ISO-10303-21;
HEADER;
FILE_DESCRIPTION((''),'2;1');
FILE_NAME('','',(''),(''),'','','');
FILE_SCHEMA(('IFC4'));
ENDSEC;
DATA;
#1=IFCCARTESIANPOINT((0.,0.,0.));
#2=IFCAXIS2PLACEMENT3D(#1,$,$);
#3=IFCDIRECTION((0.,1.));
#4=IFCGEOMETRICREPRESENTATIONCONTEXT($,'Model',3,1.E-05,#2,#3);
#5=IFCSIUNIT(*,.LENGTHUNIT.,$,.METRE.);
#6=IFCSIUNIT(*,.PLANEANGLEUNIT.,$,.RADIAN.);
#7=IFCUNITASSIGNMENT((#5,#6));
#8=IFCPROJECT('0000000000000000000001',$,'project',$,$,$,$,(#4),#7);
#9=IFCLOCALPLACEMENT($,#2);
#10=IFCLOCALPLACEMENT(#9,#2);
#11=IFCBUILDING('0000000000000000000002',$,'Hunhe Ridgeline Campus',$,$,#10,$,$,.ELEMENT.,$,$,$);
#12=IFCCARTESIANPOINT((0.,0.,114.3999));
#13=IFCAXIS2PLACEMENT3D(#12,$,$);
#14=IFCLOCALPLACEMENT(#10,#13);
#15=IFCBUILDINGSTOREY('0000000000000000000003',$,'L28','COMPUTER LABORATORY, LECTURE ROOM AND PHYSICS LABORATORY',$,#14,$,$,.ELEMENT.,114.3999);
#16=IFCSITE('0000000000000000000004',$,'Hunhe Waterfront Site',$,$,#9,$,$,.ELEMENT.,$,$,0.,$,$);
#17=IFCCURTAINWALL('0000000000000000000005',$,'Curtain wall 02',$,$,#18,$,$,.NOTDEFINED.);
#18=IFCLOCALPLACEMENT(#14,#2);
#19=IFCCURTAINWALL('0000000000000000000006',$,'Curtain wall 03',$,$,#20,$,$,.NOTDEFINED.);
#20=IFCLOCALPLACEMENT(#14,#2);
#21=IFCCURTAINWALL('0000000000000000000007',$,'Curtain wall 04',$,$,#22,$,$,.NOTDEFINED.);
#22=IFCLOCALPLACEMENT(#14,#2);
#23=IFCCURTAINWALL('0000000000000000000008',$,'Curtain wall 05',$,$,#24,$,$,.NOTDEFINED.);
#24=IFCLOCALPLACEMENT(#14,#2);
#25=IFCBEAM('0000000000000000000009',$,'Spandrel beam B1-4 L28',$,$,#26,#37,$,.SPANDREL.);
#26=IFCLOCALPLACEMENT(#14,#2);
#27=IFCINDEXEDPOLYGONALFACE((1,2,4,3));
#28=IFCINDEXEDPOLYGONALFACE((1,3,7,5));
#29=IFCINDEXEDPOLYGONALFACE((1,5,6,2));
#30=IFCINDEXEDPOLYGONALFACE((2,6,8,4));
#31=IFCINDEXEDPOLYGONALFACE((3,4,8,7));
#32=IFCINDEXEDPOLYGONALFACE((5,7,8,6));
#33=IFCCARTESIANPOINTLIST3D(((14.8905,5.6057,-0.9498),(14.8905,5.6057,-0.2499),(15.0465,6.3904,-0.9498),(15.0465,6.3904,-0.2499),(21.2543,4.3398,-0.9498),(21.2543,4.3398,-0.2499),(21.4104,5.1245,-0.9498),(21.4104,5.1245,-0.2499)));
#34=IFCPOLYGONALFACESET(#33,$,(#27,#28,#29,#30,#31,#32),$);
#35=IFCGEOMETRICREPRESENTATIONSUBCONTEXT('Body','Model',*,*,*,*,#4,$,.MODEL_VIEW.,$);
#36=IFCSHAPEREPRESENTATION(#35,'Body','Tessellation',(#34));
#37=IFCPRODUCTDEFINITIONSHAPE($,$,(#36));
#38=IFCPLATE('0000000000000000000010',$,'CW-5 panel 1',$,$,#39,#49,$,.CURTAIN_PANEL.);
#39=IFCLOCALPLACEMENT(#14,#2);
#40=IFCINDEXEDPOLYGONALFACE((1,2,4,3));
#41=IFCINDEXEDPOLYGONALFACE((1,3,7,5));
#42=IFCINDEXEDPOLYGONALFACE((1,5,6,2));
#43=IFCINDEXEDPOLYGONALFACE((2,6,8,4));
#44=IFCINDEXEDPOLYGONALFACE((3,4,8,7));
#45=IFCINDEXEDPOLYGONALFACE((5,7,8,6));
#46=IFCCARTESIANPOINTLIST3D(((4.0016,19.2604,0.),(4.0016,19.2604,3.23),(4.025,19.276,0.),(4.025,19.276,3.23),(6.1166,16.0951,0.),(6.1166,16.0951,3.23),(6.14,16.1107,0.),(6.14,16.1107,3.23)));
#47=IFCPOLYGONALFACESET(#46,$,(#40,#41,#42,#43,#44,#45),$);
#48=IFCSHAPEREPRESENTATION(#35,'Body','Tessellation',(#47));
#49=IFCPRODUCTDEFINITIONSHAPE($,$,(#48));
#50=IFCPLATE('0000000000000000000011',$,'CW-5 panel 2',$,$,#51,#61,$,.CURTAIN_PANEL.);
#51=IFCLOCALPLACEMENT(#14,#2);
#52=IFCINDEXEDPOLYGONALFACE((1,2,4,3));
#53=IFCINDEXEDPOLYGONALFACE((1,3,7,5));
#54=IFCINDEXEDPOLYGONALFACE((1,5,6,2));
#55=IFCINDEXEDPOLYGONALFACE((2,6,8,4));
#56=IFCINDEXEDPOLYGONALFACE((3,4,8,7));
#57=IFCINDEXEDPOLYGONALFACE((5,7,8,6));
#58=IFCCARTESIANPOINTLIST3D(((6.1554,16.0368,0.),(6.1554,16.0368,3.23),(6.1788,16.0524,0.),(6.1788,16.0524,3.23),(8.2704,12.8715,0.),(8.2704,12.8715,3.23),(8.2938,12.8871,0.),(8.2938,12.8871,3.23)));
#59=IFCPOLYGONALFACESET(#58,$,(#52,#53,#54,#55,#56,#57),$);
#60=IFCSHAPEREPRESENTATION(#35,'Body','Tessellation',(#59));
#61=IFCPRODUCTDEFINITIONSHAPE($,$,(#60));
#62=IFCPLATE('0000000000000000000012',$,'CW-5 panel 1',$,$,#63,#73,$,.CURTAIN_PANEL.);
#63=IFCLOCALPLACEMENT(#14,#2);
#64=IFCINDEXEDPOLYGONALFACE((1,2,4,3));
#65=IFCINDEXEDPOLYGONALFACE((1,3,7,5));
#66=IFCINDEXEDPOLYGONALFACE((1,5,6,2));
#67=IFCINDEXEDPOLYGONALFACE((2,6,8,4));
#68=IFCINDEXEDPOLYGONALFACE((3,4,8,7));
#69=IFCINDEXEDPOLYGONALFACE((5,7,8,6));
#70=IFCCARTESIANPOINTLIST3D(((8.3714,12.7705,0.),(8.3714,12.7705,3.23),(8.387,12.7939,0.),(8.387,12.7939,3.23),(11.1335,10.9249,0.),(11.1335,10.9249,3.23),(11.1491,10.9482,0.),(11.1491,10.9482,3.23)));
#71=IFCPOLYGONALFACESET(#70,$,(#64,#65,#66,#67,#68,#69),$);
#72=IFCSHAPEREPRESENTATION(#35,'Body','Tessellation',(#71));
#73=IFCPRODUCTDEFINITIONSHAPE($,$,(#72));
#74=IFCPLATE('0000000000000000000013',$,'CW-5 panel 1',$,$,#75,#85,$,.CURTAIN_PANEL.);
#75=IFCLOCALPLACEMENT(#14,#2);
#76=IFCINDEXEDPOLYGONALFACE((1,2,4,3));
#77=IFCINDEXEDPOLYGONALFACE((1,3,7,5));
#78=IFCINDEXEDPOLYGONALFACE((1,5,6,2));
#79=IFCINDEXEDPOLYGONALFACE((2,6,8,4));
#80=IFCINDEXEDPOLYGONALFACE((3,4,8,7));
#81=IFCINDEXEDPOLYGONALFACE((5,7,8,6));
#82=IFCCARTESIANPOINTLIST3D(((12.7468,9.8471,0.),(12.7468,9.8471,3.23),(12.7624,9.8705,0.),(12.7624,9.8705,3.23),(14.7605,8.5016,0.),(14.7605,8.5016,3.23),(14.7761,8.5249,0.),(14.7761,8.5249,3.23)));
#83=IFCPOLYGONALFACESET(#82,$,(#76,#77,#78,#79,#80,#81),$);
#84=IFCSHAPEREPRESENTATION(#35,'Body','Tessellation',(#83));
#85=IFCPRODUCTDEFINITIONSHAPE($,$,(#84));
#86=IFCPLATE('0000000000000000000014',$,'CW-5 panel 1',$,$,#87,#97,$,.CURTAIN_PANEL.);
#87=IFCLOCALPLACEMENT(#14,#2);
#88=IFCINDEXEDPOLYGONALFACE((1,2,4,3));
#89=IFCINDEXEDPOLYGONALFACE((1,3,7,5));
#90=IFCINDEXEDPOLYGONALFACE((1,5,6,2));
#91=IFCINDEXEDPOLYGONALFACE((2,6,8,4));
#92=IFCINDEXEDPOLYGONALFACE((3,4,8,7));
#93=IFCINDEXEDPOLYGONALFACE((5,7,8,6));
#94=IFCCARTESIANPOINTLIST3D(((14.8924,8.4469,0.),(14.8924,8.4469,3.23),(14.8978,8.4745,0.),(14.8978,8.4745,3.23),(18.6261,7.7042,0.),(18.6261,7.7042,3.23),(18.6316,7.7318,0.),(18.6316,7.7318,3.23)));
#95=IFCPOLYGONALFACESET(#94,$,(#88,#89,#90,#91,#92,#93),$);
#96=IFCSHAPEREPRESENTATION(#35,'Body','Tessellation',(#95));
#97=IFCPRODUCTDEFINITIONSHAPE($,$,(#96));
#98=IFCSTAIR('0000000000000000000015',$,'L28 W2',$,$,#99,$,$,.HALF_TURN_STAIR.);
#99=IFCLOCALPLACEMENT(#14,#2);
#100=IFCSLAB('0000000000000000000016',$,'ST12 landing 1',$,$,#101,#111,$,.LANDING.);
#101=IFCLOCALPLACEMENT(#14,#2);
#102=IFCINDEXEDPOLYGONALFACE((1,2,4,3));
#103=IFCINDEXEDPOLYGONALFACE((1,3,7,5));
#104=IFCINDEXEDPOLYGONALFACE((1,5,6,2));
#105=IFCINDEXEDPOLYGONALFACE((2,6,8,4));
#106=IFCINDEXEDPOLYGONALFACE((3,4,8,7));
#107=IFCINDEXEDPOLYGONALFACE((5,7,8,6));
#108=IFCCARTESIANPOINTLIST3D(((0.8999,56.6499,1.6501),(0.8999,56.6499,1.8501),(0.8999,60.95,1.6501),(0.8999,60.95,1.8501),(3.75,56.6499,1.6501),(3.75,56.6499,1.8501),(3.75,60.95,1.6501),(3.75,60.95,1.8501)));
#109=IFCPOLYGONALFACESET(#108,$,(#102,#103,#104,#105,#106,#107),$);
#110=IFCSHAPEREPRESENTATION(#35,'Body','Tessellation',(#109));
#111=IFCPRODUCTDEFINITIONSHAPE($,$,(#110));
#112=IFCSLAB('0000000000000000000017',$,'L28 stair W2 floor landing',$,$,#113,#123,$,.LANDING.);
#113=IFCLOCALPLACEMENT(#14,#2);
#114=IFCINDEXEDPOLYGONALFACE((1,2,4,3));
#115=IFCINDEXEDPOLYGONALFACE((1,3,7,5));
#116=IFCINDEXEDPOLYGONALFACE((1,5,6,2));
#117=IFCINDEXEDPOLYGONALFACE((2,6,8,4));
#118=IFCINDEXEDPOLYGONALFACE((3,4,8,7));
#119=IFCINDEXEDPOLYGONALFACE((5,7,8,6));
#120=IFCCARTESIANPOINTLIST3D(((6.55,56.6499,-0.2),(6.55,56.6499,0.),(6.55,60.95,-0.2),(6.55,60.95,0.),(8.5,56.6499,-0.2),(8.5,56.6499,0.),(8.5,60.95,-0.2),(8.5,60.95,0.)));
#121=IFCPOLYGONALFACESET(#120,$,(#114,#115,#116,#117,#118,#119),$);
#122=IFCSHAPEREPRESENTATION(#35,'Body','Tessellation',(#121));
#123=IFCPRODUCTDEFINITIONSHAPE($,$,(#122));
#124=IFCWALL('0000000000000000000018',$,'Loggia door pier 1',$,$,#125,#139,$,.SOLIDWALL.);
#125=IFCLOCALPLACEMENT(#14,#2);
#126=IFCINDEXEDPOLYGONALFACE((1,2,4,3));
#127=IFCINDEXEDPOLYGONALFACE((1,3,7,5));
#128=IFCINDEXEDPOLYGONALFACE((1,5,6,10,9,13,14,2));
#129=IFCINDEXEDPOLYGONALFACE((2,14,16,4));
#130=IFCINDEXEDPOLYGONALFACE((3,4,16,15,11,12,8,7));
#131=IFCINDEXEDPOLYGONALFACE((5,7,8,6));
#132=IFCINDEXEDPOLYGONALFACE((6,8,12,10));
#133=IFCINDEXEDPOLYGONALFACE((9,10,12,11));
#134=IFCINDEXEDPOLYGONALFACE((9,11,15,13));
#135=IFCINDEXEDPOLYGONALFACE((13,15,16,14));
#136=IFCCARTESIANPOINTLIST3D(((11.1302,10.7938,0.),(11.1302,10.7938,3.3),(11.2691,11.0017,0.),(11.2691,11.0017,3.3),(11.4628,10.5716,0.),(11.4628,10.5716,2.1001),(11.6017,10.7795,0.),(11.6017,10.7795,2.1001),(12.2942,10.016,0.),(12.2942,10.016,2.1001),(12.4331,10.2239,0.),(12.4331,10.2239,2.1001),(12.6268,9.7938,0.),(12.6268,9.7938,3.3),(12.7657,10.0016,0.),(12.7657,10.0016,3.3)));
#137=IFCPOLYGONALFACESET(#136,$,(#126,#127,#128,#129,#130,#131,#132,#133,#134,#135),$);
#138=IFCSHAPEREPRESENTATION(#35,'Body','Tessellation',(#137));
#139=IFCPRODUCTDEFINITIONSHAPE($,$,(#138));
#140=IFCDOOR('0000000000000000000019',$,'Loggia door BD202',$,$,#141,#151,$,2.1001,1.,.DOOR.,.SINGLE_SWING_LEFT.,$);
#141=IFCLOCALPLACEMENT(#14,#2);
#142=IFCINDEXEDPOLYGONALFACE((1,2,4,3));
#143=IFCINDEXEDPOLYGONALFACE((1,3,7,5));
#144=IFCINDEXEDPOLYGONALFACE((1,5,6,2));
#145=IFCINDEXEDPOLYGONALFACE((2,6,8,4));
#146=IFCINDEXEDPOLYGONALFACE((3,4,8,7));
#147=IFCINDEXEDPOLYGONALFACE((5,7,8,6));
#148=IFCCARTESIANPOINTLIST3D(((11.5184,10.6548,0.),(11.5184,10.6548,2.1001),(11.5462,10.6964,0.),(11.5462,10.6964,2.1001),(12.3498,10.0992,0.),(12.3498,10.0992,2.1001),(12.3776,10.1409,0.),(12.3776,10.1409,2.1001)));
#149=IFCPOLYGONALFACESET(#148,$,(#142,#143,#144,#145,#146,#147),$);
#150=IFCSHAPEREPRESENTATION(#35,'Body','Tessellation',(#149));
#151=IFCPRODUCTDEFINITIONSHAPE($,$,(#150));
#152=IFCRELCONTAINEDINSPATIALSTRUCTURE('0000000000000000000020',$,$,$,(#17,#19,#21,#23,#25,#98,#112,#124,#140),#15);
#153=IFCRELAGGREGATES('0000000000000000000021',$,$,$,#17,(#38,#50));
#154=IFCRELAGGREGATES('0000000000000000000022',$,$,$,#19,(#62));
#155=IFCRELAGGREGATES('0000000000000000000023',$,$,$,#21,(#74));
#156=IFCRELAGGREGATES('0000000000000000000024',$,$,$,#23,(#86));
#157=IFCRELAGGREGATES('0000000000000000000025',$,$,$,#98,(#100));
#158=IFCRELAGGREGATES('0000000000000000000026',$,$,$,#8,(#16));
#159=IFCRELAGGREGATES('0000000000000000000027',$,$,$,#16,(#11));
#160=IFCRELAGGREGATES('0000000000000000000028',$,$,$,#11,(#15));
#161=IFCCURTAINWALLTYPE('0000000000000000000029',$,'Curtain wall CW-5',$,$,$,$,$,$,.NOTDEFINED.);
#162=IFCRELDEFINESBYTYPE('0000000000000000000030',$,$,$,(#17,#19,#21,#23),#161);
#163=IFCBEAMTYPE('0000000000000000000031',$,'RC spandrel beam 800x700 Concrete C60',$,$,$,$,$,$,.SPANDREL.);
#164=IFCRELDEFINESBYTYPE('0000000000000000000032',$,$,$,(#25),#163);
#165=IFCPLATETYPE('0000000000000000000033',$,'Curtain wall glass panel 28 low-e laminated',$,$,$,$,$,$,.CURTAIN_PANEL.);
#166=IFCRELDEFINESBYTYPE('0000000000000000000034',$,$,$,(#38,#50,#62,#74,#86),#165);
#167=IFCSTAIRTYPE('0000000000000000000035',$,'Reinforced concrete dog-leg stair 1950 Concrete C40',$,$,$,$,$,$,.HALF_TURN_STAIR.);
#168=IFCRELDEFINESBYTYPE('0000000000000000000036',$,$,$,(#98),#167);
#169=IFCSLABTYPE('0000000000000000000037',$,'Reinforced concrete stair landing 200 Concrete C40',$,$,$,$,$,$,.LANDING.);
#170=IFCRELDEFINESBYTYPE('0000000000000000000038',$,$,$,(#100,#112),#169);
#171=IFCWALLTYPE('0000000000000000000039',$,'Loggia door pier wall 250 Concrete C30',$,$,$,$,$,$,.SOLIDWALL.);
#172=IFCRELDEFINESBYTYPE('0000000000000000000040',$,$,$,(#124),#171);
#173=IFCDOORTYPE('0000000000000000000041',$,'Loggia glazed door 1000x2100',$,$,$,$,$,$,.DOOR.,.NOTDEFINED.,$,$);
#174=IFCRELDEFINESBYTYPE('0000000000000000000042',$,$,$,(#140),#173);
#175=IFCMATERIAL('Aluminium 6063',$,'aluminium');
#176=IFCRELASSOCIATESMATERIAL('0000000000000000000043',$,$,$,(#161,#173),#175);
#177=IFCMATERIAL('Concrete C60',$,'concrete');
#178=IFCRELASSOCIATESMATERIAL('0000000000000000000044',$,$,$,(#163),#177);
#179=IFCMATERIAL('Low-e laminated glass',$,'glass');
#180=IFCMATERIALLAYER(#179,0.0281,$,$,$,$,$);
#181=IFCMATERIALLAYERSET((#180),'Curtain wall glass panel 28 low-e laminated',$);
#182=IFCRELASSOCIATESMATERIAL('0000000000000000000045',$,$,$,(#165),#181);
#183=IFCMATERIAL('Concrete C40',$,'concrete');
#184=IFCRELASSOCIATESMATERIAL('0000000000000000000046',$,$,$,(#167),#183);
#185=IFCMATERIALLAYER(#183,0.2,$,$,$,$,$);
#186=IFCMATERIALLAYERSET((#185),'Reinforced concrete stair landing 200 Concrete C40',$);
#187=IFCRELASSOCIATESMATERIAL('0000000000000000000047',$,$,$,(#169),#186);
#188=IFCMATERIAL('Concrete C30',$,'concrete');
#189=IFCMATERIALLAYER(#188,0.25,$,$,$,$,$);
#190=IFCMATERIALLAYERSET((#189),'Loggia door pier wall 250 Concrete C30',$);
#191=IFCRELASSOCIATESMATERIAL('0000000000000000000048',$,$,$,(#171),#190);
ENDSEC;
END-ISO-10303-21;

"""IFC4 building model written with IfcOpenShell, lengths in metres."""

from ifc_helpers import new_model, si_unit, direction, frame, frame_2d, origin, origin_2d, place, context, subcontext, project, spatial, polyline, rectangle, outline, extrude, material, layer, layer_set, material_profile, profile_set, type_object, element, fill, aggregate, save


model = new_model("IFC4")

# Units and contexts
model_context = context("Model", 3, precision=1e-05, world=origin(), true_north=direction((0.0, 1.0)))
body_context = subcontext(model_context, "Body", "Model", "MODEL_VIEW")
ifc_project = project(units=[si_unit("LENGTHUNIT", "METRE"), si_unit("PLANEANGLEUNIT", "RADIAN")], contexts=[model_context])

# Site, building, storey
site_placement = place(None, origin())
site = spatial("IfcSite", under=ifc_project, at=site_placement, Name="Hunhe Waterfront Site", CompositionType="ELEMENT", RefElevation=0.0)
building_placement = place(site_placement, origin())
building = spatial("IfcBuilding", under=site, at=building_placement, Name="Hunhe Ridgeline Campus", CompositionType="ELEMENT")
storey_placement = place(building_placement, frame((0.0, 0.0, 114.3999)))
storey = spatial("IfcBuildingStorey", under=building, at=storey_placement, Name="L28", Description="COMPUTER LABORATORY, LECTURE ROOM AND PHYSICS LABORATORY", CompositionType="ELEMENT", Elevation=114.3999)

# Curtain walls
ifc_material_1 = material(Name="Aluminium 6063", Category="aluminium")
curtain_wall_type = type_object("IfcCurtainWallType", Name="Curtain wall CW-5", PredefinedType="NOTDEFINED", material=ifc_material_1)
curtain_wall_1_placement = place(storey_placement, origin())
curtain_wall_1 = element("IfcCurtainWall", 1, at=curtain_wall_1_placement, inside=storey, type_object=curtain_wall_type, Name="Curtain wall 02", PredefinedType="NOTDEFINED")
curtain_wall_2_placement = place(storey_placement, origin())
curtain_wall_2 = element("IfcCurtainWall", 2, at=curtain_wall_2_placement, inside=storey, type_object=curtain_wall_type, Name="Curtain wall 03", PredefinedType="NOTDEFINED")
curtain_wall_3_placement = place(storey_placement, origin())
curtain_wall_3 = element("IfcCurtainWall", 3, at=curtain_wall_3_placement, inside=storey, type_object=curtain_wall_type, Name="Curtain wall 04", PredefinedType="NOTDEFINED")
curtain_wall_4_placement = place(storey_placement, origin())
curtain_wall_4 = element("IfcCurtainWall", 4, at=curtain_wall_4_placement, inside=storey, type_object=curtain_wall_type, Name="Curtain wall 05", PredefinedType="NOTDEFINED")

# Beam
ifc_material_2 = material(Name="Concrete C60", Category="concrete")
ifc_material_profile_1 = material_profile(ifc_material_2, rectangle(XDim=0.8, YDim=0.7, at=origin_2d()))
ifc_profile_set_1 = profile_set([ifc_material_profile_1], Name="Concrete C60")
beam_type = type_object("IfcBeamType", Name="RC spandrel beam 800x700 Concrete C60", PredefinedType="SPANDREL", material=ifc_profile_set_1)
for number, where, z_axis, x_axis, name in (
    (5, (14.9685, 5.998, -0.5999), (0.980784, -0.195096, 0.0), (0.195096, 0.980784, 0.0), "Spandrel beam B1-4 L28"),
):
    element("IfcBeam", number, at=place(storey_placement, frame(where, z_axis=z_axis, x_axis=x_axis)), inside=storey, type_object=beam_type, Name=name, PredefinedType="SPANDREL", context=body_context, shape_type="SweptSolid", body=[
        extrude(rectangle(XDim=0.8, YDim=0.7, at=origin_2d()), origin(), (0.0, 0.0, 1.0), 6.4885),
    ])

# Plates
ifc_material_3 = material(Name="Low-e laminated glass", Category="glass")
ifc_layer_1 = layer(ifc_material_3, 0.0281)
ifc_layer_set_1 = layer_set([ifc_layer_1], Name="Curtain wall glass panel 28 low-e laminated")
plate_type = type_object("IfcPlateType", Name="Curtain wall glass panel 28 low-e laminated", PredefinedType="CURTAIN_PANEL", material=ifc_layer_set_1)
plate_1_placement = place(storey_placement, frame((5.0708, 17.6855, 0.0), z_axis=(0.0, 0.0, 1.0), x_axis=(0.55557, -0.83147, 0.0)))
plate_1 = element("IfcPlate", 6, at=plate_1_placement, type_object=plate_type, Name="CW-5 panel 1", PredefinedType="CURTAIN_PANEL", context=body_context, shape_type="SweptSolid", body=[
    extrude(rectangle(XDim=3.8069, YDim=0.0281, at=origin_2d()), origin(), (0.0, 0.0, 1.0), 3.23),
])
plate_2_placement = place(storey_placement, frame((7.2246, 14.4619, 0.0), z_axis=(0.0, 0.0, 1.0), x_axis=(0.55557, -0.83147, 0.0)))
plate_2 = element("IfcPlate", 7, at=plate_2_placement, type_object=plate_type, Name="CW-5 panel 2", PredefinedType="CURTAIN_PANEL", context=body_context, shape_type="SweptSolid", body=[
    extrude(rectangle(XDim=3.8069, YDim=0.0281, at=origin_2d()), origin(), (0.0, 0.0, 1.0), 3.23),
])
aggregate(curtain_wall_1, [plate_1, plate_2])
plate_3_placement = place(storey_placement, frame((9.7603, 11.8594, 0.0), z_axis=(0.0, 0.0, 1.0), x_axis=(0.83147, -0.55557, 0.0)))
plate_3 = element("IfcPlate", 8, at=plate_3_placement, type_object=plate_type, Name="CW-5 panel 1", PredefinedType="CURTAIN_PANEL", context=body_context, shape_type="SweptSolid", body=[
    extrude(rectangle(XDim=3.322, YDim=0.0281, at=origin_2d()), origin(), (0.0, 0.0, 1.0), 3.23),
])
aggregate(curtain_wall_2, [plate_3])
plate_4_placement = place(storey_placement, frame((13.7615, 9.186, 0.0), z_axis=(0.0, 0.0, 1.0), x_axis=(0.83147, -0.55557, 0.0)))
plate_4 = element("IfcPlate", 9, at=plate_4_placement, type_object=plate_type, Name="CW-5 panel 1", PredefinedType="CURTAIN_PANEL", context=body_context, shape_type="SweptSolid", body=[
    extrude(rectangle(XDim=2.4219, YDim=0.0281, at=origin_2d()), origin(), (0.0, 0.0, 1.0), 3.23),
])
aggregate(curtain_wall_3, [plate_4])
plate_5_placement = place(storey_placement, frame((16.762, 8.0894, 0.0), z_axis=(0.0, 0.0, 1.0), x_axis=(0.980785, -0.19509, 0.0)))
plate_5 = element("IfcPlate", 10, at=plate_5_placement, type_object=plate_type, Name="CW-5 panel 1", PredefinedType="CURTAIN_PANEL", context=body_context, shape_type="SweptSolid", body=[
    extrude(rectangle(XDim=3.8069, YDim=0.0281, at=origin_2d()), origin(), (0.0, 0.0, 1.0), 3.23),
])
aggregate(curtain_wall_4, [plate_5])

# Stair, slab
ifc_material_4 = material(Name="Concrete C40", Category="concrete")
stair_type = type_object("IfcStairType", Name="Reinforced concrete dog-leg stair 1950 Concrete C40", PredefinedType="HALF_TURN_STAIR", material=ifc_material_4)
stair_placement = place(storey_placement, origin())
stair = element("IfcStair", 11, at=stair_placement, inside=storey, type_object=stair_type, Name="L28 W2", PredefinedType="HALF_TURN_STAIR")
ifc_layer_2 = layer(ifc_material_4, 0.2)
ifc_layer_set_2 = layer_set([ifc_layer_2], Name="Reinforced concrete stair landing 200 Concrete C40")
slab_type = type_object("IfcSlabType", Name="Reinforced concrete stair landing 200 Concrete C40", PredefinedType="LANDING", material=ifc_layer_set_2)
slab_1_placement = place(storey_placement, frame((0.0, 0.0, 1.6501)))
slab_1 = element("IfcSlab", 12, at=slab_1_placement, type_object=slab_type, Name="ST12 landing 1", PredefinedType="LANDING", context=body_context, shape_type="SweptSolid", body=[
    extrude(outline(polyline([(3.75, 60.95), (0.8999, 60.95), (0.8999, 56.6499), (3.75, 56.6499), (3.75, 60.95)])), origin(), (0.0, 0.0, 1.0), 0.2),
])
aggregate(stair, [slab_1])

# Slab
slab_2_placement = place(storey_placement, frame((0.0, 0.0, -0.2)))
element("IfcSlab", 13, at=slab_2_placement, inside=storey, type_object=slab_type, Name="L28 stair W2 floor landing", PredefinedType="LANDING", context=body_context, shape_type="SweptSolid", body=[
    extrude(outline(polyline([(8.5, 60.95), (6.55, 60.95), (6.55, 56.6499), (8.5, 56.6499), (8.5, 60.95)])), origin(), (0.0, 0.0, 1.0), 0.2),
])

# Wall, opening, door
ifc_material_5 = material(Name="Concrete C30", Category="concrete")
ifc_layer_3 = layer(ifc_material_5, 0.25)
ifc_layer_set_3 = layer_set([ifc_layer_3], Name="Loggia door pier wall 250 Concrete C30")
wall_type_1 = type_object("IfcWallType", Name="Loggia door pier wall 250 Concrete C30", PredefinedType="SOLIDWALL", material=ifc_layer_set_3)
wall_1_placement = place(storey_placement, frame((11.1997, 10.8977, 0.0), z_axis=(0.0, 0.0, 1.0), x_axis=(0.831466, -0.555576, 0.0)))
wall_1 = element("IfcWall", 14, at=wall_1_placement, inside=storey, type_object=wall_type_1, Name="Loggia door pier 1", PredefinedType="SOLIDWALL", context=body_context, shape_type="SweptSolid", body=[
    extrude(rectangle(XDim=1.8, YDim=0.25, at=frame_2d((0.8999, 0.0))), origin(), (0.0, 0.0, 1.0), 3.3),
])
opening_1_placement = place(wall_1_placement, frame((0.3999, 0.0, 0.0)))
opening_1 = element("IfcOpeningElement", 15, at=opening_1_placement, cuts=wall_1, PredefinedType="OPENING", context=body_context, shape_type="SweptSolid", body=[
    extrude(rectangle(XDim=1.0, YDim=2.1001, at=frame_2d((0.5, 1.05))), frame((0.0, 0.125, 0.0), z_axis=(0.0, -1.0, 0.0), x_axis=(1.0, 0.0, 0.0)), (0.0, 0.0, 1.0), 0.25),
])
door_type_1 = type_object("IfcDoorType", Name="Loggia glazed door 1000x2100", OperationType="NOTDEFINED", PredefinedType="DOOR", material=ifc_material_1)
door_1_placement = place(opening_1_placement, frame((1.0, 0.0, 0.0), z_axis=(0.0, 0.0, 1.0), x_axis=(-1.0, 0.0, 0.0)))
door_1 = element("IfcDoor", 16, at=door_1_placement, inside=storey, type_object=door_type_1, Name="Loggia door BD202", OperationType="SINGLE_SWING_LEFT", OverallHeight=2.1001, OverallWidth=1.0, PredefinedType="DOOR", context=body_context, shape_type="SweptSolid", body=[
    extrude(rectangle(XDim=1.0, YDim=2.1001, at=frame_2d((0.5, 1.05))), frame((0.0, 0.0249, 0.0), z_axis=(0.0, -1.0, 0.0), x_axis=(1.0, 0.0, 0.0)), (0.0, 0.0, 1.0), 0.05),
])
fill(opening_1, door_1)

save(model, "model.ifc")
